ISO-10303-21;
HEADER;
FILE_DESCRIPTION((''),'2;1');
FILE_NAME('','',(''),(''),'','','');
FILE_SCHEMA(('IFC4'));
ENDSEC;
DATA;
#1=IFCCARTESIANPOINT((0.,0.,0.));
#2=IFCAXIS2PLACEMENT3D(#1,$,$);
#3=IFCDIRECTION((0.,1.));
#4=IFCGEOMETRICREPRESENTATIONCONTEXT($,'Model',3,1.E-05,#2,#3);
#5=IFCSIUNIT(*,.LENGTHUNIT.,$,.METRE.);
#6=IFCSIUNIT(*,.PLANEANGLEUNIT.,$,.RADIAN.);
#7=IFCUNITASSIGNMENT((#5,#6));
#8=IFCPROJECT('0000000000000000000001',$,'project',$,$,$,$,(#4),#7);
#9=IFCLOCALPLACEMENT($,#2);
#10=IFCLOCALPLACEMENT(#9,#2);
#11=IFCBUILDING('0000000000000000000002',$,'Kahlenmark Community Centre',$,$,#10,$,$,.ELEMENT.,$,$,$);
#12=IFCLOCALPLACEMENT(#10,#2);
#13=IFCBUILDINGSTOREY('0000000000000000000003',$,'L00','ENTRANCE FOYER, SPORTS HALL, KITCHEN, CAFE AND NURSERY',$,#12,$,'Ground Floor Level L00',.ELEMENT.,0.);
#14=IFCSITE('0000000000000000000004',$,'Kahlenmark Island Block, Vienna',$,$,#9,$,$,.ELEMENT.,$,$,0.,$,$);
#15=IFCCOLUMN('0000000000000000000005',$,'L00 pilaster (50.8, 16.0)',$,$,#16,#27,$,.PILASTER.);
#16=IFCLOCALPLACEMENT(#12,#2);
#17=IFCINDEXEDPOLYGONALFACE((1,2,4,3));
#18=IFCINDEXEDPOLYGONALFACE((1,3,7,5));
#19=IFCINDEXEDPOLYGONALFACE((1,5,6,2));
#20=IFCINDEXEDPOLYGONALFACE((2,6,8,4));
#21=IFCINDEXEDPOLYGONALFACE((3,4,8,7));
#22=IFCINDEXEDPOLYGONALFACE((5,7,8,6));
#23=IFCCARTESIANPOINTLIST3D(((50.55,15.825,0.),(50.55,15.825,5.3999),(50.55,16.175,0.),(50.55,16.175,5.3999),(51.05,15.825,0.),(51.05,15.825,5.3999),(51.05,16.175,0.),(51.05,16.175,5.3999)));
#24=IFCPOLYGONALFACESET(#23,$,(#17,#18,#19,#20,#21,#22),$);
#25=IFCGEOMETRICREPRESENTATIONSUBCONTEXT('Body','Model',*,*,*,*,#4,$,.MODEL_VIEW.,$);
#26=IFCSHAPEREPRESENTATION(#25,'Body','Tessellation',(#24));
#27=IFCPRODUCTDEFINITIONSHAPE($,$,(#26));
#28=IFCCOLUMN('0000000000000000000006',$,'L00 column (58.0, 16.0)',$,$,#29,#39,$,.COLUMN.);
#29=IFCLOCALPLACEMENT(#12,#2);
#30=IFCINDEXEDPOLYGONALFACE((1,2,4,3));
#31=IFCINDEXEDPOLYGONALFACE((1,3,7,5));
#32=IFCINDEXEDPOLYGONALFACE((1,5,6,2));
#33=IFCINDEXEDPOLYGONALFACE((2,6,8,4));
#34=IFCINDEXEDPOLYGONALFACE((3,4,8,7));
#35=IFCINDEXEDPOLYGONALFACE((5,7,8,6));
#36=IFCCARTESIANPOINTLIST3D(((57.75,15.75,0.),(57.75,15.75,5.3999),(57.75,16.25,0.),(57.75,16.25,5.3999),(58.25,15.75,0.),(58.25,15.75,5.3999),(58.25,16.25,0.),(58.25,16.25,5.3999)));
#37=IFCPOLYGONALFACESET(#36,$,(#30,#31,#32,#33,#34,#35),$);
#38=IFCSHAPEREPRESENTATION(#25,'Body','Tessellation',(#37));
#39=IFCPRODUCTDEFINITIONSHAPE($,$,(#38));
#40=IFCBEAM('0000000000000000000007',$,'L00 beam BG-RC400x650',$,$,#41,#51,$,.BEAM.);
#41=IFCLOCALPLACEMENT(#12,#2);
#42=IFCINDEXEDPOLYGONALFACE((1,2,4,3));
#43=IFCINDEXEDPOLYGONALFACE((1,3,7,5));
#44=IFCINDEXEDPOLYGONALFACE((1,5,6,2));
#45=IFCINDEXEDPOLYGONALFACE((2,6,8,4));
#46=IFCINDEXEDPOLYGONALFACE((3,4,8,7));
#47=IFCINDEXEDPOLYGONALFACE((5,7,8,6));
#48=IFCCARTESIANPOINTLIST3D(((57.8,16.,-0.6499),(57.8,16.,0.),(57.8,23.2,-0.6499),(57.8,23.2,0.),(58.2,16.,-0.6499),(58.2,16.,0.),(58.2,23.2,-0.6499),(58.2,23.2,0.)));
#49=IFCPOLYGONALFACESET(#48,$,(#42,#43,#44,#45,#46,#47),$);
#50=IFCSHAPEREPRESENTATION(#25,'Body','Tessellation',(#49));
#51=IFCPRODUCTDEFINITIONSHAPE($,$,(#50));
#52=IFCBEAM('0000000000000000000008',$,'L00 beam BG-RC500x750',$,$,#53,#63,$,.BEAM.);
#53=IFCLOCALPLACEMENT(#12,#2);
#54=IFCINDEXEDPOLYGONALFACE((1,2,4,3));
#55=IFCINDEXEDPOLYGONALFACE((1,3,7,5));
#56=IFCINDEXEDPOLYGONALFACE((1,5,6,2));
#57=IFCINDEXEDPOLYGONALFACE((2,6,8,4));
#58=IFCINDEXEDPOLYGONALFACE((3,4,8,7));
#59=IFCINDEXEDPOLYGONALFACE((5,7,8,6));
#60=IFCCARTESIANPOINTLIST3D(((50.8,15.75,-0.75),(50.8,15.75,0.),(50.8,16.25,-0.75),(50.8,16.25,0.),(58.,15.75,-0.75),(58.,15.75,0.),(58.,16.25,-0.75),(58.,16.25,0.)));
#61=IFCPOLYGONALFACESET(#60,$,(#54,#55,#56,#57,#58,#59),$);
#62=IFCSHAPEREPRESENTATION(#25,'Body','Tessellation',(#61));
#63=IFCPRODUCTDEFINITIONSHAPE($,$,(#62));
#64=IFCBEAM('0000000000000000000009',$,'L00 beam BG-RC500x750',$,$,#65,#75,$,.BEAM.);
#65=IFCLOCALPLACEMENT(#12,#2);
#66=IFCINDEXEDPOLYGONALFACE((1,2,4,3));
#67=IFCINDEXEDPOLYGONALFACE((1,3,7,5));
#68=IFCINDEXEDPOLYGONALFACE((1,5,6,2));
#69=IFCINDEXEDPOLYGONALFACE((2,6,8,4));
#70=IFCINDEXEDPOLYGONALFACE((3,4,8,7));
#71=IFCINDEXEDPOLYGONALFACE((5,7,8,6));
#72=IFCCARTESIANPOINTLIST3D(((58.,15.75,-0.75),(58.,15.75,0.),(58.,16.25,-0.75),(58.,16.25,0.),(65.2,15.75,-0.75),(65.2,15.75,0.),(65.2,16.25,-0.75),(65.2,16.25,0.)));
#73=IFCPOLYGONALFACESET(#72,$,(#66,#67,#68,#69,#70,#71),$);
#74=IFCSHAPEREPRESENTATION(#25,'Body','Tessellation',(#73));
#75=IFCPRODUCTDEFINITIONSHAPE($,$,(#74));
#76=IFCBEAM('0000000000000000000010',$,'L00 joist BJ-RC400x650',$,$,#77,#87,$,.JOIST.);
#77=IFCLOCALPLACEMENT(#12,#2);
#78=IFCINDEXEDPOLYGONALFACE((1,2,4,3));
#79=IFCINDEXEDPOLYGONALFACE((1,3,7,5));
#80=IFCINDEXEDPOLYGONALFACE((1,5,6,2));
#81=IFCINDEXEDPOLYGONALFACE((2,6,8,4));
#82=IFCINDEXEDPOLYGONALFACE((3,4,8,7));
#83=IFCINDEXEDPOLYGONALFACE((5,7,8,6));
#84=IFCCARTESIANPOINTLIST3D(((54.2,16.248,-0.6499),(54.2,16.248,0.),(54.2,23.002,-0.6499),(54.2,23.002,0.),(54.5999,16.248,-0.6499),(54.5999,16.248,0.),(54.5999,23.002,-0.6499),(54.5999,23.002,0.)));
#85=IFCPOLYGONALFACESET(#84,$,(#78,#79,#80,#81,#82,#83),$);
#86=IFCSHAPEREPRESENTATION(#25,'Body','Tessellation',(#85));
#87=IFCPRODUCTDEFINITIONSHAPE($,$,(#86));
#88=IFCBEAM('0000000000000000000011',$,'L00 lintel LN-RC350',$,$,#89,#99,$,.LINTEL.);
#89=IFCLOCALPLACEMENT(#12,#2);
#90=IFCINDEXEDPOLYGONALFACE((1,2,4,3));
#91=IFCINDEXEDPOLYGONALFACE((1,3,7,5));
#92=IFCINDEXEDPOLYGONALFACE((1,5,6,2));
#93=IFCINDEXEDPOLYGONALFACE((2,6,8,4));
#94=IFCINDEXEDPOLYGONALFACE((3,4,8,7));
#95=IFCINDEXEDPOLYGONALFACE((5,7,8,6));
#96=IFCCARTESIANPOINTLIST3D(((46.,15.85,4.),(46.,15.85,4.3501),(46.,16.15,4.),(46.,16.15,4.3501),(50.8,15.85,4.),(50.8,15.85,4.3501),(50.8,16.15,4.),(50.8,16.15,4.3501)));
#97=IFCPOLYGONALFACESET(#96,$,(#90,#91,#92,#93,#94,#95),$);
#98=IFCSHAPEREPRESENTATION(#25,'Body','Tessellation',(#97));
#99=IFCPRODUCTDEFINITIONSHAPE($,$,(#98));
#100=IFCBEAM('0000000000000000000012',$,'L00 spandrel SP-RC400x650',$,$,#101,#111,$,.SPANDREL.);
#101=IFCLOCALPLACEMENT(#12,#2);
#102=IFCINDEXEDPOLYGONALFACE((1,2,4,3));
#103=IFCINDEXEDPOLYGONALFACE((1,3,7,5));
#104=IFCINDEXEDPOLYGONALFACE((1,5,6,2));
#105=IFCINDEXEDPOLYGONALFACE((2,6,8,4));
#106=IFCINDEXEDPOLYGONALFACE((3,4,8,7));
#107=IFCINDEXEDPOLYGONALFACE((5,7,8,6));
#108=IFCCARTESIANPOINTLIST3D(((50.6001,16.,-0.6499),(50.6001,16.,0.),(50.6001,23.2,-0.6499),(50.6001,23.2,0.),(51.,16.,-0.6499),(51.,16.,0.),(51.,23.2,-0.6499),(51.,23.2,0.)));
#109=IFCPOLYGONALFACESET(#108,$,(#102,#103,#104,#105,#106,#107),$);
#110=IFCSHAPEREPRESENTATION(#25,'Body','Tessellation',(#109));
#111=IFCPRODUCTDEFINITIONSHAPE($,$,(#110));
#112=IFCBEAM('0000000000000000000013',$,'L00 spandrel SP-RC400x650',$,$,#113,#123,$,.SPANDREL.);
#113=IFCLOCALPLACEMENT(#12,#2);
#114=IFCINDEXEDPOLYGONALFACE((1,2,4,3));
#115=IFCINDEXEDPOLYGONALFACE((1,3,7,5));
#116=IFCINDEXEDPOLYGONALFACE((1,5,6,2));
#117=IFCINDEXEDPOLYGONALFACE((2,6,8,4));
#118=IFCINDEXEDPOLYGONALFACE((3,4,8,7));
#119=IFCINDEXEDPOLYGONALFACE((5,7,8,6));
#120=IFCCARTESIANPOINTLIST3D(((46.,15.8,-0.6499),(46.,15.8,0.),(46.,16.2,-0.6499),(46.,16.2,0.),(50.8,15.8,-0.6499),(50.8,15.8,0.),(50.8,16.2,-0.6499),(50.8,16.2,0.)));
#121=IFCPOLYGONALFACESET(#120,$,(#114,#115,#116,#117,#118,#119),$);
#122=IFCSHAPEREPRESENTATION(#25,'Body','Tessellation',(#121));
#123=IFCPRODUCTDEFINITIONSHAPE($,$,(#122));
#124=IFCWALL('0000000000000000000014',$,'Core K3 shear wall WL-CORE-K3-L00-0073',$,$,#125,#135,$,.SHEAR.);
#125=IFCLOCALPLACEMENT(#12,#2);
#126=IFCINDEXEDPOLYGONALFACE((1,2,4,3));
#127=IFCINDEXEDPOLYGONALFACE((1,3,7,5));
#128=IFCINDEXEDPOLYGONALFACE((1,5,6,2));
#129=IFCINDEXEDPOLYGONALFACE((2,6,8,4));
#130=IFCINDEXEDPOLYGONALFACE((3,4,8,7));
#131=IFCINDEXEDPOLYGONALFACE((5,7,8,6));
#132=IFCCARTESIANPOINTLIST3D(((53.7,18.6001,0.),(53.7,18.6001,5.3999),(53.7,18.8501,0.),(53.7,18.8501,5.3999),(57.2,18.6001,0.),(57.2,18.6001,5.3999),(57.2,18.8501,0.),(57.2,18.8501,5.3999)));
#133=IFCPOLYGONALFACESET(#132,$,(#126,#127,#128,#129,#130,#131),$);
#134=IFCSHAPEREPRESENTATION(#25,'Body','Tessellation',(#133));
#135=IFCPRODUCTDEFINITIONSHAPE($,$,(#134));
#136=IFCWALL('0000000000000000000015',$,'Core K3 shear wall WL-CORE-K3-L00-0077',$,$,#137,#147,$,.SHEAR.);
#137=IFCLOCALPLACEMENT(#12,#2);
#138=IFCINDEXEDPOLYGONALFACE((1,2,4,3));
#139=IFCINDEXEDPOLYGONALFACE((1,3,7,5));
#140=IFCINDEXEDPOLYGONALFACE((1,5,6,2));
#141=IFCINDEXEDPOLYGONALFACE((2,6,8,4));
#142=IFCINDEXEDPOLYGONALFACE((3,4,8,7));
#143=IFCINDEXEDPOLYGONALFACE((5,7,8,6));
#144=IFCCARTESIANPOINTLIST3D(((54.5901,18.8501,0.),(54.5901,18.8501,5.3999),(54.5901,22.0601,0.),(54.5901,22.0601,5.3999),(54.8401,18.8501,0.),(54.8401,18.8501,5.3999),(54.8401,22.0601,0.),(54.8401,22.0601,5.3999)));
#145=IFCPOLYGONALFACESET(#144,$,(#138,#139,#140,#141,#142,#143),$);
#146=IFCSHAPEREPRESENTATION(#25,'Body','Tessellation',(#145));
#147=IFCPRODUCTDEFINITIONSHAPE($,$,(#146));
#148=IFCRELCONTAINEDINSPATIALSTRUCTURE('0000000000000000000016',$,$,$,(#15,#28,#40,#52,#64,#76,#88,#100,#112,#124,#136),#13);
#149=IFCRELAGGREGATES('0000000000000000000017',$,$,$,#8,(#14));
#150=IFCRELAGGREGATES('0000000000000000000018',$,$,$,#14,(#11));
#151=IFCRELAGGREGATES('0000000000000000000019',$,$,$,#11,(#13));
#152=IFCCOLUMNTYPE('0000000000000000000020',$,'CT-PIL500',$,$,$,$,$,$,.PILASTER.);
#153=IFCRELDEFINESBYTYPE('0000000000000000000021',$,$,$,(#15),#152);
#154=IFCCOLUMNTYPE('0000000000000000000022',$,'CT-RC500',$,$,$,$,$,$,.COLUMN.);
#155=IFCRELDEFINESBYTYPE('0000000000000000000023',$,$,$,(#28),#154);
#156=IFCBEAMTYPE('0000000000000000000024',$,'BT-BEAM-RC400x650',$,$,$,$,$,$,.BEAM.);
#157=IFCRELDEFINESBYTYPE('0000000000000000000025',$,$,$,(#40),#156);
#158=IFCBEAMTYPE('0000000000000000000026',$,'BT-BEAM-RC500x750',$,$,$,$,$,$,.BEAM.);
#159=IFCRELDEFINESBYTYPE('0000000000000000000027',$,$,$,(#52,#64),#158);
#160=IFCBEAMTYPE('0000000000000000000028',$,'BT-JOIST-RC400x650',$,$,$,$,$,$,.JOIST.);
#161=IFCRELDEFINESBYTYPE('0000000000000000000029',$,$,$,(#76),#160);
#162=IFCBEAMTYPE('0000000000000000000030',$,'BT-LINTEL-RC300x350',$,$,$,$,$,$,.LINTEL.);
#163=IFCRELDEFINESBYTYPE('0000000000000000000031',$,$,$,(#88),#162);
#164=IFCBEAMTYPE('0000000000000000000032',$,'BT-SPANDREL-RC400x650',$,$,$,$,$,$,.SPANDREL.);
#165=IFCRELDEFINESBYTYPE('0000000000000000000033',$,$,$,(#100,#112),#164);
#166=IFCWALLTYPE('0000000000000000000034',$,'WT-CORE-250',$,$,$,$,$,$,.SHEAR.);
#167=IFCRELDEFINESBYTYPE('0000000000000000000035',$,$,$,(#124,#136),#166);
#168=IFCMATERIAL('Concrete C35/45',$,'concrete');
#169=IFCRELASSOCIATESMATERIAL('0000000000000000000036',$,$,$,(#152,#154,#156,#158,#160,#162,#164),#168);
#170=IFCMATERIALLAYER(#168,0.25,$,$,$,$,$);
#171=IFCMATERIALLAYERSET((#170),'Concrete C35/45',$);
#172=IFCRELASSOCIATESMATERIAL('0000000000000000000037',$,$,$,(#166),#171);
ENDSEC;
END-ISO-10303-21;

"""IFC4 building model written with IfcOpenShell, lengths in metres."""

from ifc_helpers import new_model, si_unit, direction, frame, frame_2d, origin, origin_2d, place, context, subcontext, project, spatial, rectangle, extrude, material, layer, layer_set, material_profile, profile_set, type_object, element, save


model = new_model("IFC4")

# Units and contexts
model_context = context("Model", 3, precision=1e-05, world=origin(), true_north=direction((0.0, 1.0)))
body_context = subcontext(model_context, "Body", "Model", "MODEL_VIEW")
ifc_project = project(units=[si_unit("LENGTHUNIT", "METRE"), si_unit("PLANEANGLEUNIT", "RADIAN")], contexts=[model_context])

# Site, building, storey
site_placement = place(None, origin())
site = spatial("IfcSite", under=ifc_project, at=site_placement, Name="Kahlenmark Island Block, Vienna", CompositionType="ELEMENT", RefElevation=0.0)
building_placement = place(site_placement, origin())
building = spatial("IfcBuilding", under=site, at=building_placement, Name="Kahlenmark Community Centre", CompositionType="ELEMENT")
storey_placement = place(building_placement, origin())
storey = spatial("IfcBuildingStorey", under=building, at=storey_placement, Name="L00", Description="ENTRANCE FOYER, SPORTS HALL, KITCHEN, CAFE AND NURSERY", LongName="Ground Floor Level L00", CompositionType="ELEMENT", Elevation=0.0)

# Columns
ifc_material_1 = material(Name="Concrete C35/45", Category="concrete")
ifc_material_profile_1 = material_profile(ifc_material_1, rectangle(XDim=0.5, YDim=0.3501, at=origin_2d()), Name="RC 500x350")
ifc_profile_set_1 = profile_set([ifc_material_profile_1], Name="Concrete C35/45")
column_type_1 = type_object("IfcColumnType", Name="CT-PIL500", PredefinedType="PILASTER", material=ifc_profile_set_1)
column_1_placement = place(storey_placement, frame((50.8, 16.0, 0.0), z_axis=(0.0, 0.0, 1.0), x_axis=(1.0, 0.0, 0.0)))
element("IfcColumn", 1, at=column_1_placement, inside=storey, type_object=column_type_1, Name="L00 pilaster (50.8, 16.0)", PredefinedType="PILASTER", context=body_context, shape_type="SweptSolid", body=[
    extrude(rectangle(XDim=0.5, YDim=0.3501, at=origin_2d()), origin(), (0.0, 0.0, 1.0), 5.3999),
])
ifc_material_profile_2 = material_profile(ifc_material_1, rectangle(XDim=0.5, YDim=0.5, at=origin_2d()), Name="RC 500x500")
ifc_profile_set_2 = profile_set([ifc_material_profile_2], Name="Concrete C35/45")
column_type_2 = type_object("IfcColumnType", Name="CT-RC500", PredefinedType="COLUMN", material=ifc_profile_set_2)
column_2_placement = place(storey_placement, frame((58.0, 16.0, 0.0), z_axis=(0.0, 0.0, 1.0), x_axis=(1.0, 0.0, 0.0)))
element("IfcColumn", 2, at=column_2_placement, inside=storey, type_object=column_type_2, Name="L00 column (58.0, 16.0)", PredefinedType="COLUMN", context=body_context, shape_type="SweptSolid", body=[
    extrude(rectangle(XDim=0.5, YDim=0.5, at=origin_2d()), origin(), (0.0, 0.0, 1.0), 5.3999),
])

# Beams
ifc_material_profile_3 = material_profile(ifc_material_1, rectangle(XDim=0.3999, YDim=0.6499, at=origin_2d()), Name="RC 400x650")
ifc_profile_set_3 = profile_set([ifc_material_profile_3], Name="Concrete C35/45")
beam_type_1 = type_object("IfcBeamType", Name="BT-BEAM-RC400x650", PredefinedType="BEAM", material=ifc_profile_set_3)
beam_1_placement = place(storey_placement, frame((58.0, 16.0, -0.325), z_axis=(0.0, 1.0, 0.0), x_axis=(-1.0, 0.0, 0.0)))
element("IfcBeam", 3, at=beam_1_placement, inside=storey, type_object=beam_type_1, Name="L00 beam BG-RC400x650", PredefinedType="BEAM", context=body_context, shape_type="SweptSolid", body=[
    extrude(rectangle(XDim=0.3999, YDim=0.6499, at=origin_2d()), origin(), (0.0, 0.0, 1.0), 7.2),
])
ifc_material_profile_4 = material_profile(ifc_material_1, rectangle(XDim=0.5, YDim=0.75, at=origin_2d()), Name="RC 500x750")
ifc_profile_set_4 = profile_set([ifc_material_profile_4], Name="Concrete C35/45")
beam_type_2 = type_object("IfcBeamType", Name="BT-BEAM-RC500x750", PredefinedType="BEAM", material=ifc_profile_set_4)
for number, where, z_axis, x_axis, name in (
    (4, (50.8, 16.0, -0.375), (1.0, 0.0, 0.0), (0.0, 1.0, 0.0), "L00 beam BG-RC500x750"),
    (5, (58.0, 16.0, -0.375), (1.0, 0.0, 0.0), (0.0, 1.0, 0.0), "L00 beam BG-RC500x750"),
):
    element("IfcBeam", number, at=place(storey_placement, frame(where, z_axis=z_axis, x_axis=x_axis)), inside=storey, type_object=beam_type_2, Name=name, PredefinedType="BEAM", context=body_context, shape_type="SweptSolid", body=[
        extrude(rectangle(XDim=0.5, YDim=0.75, at=origin_2d()), origin(), (0.0, 0.0, 1.0), 7.2),
    ])
ifc_material_profile_5 = material_profile(ifc_material_1, rectangle(XDim=0.3999, YDim=0.6499, at=origin_2d()), Name="RC 400x650")
ifc_profile_set_5 = profile_set([ifc_material_profile_5], Name="Concrete C35/45")
beam_type_3 = type_object("IfcBeamType", Name="BT-JOIST-RC400x650", PredefinedType="JOIST", material=ifc_profile_set_5)
beam_2_placement = place(storey_placement, frame((54.3999, 16.248, -0.325), z_axis=(0.0, 1.0, 0.0), x_axis=(-1.0, 0.0, 0.0)))
element("IfcBeam", 6, at=beam_2_placement, inside=storey, type_object=beam_type_3, Name="L00 joist BJ-RC400x650", PredefinedType="JOIST", context=body_context, shape_type="SweptSolid", body=[
    extrude(rectangle(XDim=0.3999, YDim=0.6499, at=origin_2d()), origin(), (0.0, 0.0, 1.0), 6.7539),
])
ifc_material_profile_6 = material_profile(ifc_material_1, rectangle(XDim=0.3, YDim=0.3501, at=origin_2d()), Name="RC 300x350")
ifc_profile_set_6 = profile_set([ifc_material_profile_6], Name="Concrete C35/45")
beam_type_4 = type_object("IfcBeamType", Name="BT-LINTEL-RC300x350", PredefinedType="LINTEL", material=ifc_profile_set_6)
beam_3_placement = place(storey_placement, frame((46.0, 16.0, 4.175), z_axis=(1.0, 0.0, 0.0), x_axis=(0.0, 1.0, 0.0)))
element("IfcBeam", 7, at=beam_3_placement, inside=storey, type_object=beam_type_4, Name="L00 lintel LN-RC350", PredefinedType="LINTEL", context=body_context, shape_type="SweptSolid", body=[
    extrude(rectangle(XDim=0.3, YDim=0.3501, at=origin_2d()), origin(), (0.0, 0.0, 1.0), 4.8),
])
ifc_material_profile_7 = material_profile(ifc_material_1, rectangle(XDim=0.3999, YDim=0.6499, at=origin_2d()), Name="RC 400x650")
ifc_profile_set_7 = profile_set([ifc_material_profile_7], Name="Concrete C35/45")
beam_type_5 = type_object("IfcBeamType", Name="BT-SPANDREL-RC400x650", PredefinedType="SPANDREL", material=ifc_profile_set_7)
beam_4_placement = place(storey_placement, frame((50.8, 16.0, -0.325), z_axis=(0.0, 1.0, 0.0), x_axis=(-1.0, 0.0, 0.0)))
element("IfcBeam", 8, at=beam_4_placement, inside=storey, type_object=beam_type_5, Name="L00 spandrel SP-RC400x650", PredefinedType="SPANDREL", context=body_context, shape_type="SweptSolid", body=[
    extrude(rectangle(XDim=0.3999, YDim=0.6499, at=origin_2d()), origin(), (0.0, 0.0, 1.0), 7.2),
])
beam_5_placement = place(storey_placement, frame((46.0, 16.0, -0.325), z_axis=(1.0, 0.0, 0.0), x_axis=(0.0, 1.0, 0.0)))
element("IfcBeam", 9, at=beam_5_placement, inside=storey, type_object=beam_type_5, Name="L00 spandrel SP-RC400x650", PredefinedType="SPANDREL", context=body_context, shape_type="SweptSolid", body=[
    extrude(rectangle(XDim=0.3999, YDim=0.6499, at=origin_2d()), origin(), (0.0, 0.0, 1.0), 4.8),
])

# Wall
ifc_layer_1 = layer(ifc_material_1, 0.25)
ifc_layer_set_1 = layer_set([ifc_layer_1], Name="Concrete C35/45")
wall_type_1 = type_object("IfcWallType", Name="WT-CORE-250", PredefinedType="SHEAR", material=ifc_layer_set_1)
wall_1_placement = place(storey_placement, frame((57.2, 18.7251, 0.0), z_axis=(0.0, 0.0, 1.0), x_axis=(-1.0, 0.0, 0.0)))
element("IfcWall", 10, at=wall_1_placement, inside=storey, type_object=wall_type_1, Name="Core K3 shear wall WL-CORE-K3-L00-0073", PredefinedType="SHEAR", context=body_context, shape_type="SweptSolid", body=[
    extrude(rectangle(XDim=3.5, YDim=0.25, at=frame_2d((1.75, 0.0))), origin(), (0.0, 0.0, 1.0), 5.3999),
])

# Wall
wall_2_placement = place(storey_placement, frame((54.7151, 18.8501, 0.0), z_axis=(0.0, 0.0, 1.0), x_axis=(0.0, 1.0, 0.0)))
element("IfcWall", 11, at=wall_2_placement, inside=storey, type_object=wall_type_1, Name="Core K3 shear wall WL-CORE-K3-L00-0077", PredefinedType="SHEAR", context=body_context, shape_type="SweptSolid", body=[
    extrude(rectangle(XDim=3.21, YDim=0.25, at=frame_2d((1.605, 0.0))), origin(), (0.0, 0.0, 1.0), 5.3999),
])

save(model, "model.ifc")
